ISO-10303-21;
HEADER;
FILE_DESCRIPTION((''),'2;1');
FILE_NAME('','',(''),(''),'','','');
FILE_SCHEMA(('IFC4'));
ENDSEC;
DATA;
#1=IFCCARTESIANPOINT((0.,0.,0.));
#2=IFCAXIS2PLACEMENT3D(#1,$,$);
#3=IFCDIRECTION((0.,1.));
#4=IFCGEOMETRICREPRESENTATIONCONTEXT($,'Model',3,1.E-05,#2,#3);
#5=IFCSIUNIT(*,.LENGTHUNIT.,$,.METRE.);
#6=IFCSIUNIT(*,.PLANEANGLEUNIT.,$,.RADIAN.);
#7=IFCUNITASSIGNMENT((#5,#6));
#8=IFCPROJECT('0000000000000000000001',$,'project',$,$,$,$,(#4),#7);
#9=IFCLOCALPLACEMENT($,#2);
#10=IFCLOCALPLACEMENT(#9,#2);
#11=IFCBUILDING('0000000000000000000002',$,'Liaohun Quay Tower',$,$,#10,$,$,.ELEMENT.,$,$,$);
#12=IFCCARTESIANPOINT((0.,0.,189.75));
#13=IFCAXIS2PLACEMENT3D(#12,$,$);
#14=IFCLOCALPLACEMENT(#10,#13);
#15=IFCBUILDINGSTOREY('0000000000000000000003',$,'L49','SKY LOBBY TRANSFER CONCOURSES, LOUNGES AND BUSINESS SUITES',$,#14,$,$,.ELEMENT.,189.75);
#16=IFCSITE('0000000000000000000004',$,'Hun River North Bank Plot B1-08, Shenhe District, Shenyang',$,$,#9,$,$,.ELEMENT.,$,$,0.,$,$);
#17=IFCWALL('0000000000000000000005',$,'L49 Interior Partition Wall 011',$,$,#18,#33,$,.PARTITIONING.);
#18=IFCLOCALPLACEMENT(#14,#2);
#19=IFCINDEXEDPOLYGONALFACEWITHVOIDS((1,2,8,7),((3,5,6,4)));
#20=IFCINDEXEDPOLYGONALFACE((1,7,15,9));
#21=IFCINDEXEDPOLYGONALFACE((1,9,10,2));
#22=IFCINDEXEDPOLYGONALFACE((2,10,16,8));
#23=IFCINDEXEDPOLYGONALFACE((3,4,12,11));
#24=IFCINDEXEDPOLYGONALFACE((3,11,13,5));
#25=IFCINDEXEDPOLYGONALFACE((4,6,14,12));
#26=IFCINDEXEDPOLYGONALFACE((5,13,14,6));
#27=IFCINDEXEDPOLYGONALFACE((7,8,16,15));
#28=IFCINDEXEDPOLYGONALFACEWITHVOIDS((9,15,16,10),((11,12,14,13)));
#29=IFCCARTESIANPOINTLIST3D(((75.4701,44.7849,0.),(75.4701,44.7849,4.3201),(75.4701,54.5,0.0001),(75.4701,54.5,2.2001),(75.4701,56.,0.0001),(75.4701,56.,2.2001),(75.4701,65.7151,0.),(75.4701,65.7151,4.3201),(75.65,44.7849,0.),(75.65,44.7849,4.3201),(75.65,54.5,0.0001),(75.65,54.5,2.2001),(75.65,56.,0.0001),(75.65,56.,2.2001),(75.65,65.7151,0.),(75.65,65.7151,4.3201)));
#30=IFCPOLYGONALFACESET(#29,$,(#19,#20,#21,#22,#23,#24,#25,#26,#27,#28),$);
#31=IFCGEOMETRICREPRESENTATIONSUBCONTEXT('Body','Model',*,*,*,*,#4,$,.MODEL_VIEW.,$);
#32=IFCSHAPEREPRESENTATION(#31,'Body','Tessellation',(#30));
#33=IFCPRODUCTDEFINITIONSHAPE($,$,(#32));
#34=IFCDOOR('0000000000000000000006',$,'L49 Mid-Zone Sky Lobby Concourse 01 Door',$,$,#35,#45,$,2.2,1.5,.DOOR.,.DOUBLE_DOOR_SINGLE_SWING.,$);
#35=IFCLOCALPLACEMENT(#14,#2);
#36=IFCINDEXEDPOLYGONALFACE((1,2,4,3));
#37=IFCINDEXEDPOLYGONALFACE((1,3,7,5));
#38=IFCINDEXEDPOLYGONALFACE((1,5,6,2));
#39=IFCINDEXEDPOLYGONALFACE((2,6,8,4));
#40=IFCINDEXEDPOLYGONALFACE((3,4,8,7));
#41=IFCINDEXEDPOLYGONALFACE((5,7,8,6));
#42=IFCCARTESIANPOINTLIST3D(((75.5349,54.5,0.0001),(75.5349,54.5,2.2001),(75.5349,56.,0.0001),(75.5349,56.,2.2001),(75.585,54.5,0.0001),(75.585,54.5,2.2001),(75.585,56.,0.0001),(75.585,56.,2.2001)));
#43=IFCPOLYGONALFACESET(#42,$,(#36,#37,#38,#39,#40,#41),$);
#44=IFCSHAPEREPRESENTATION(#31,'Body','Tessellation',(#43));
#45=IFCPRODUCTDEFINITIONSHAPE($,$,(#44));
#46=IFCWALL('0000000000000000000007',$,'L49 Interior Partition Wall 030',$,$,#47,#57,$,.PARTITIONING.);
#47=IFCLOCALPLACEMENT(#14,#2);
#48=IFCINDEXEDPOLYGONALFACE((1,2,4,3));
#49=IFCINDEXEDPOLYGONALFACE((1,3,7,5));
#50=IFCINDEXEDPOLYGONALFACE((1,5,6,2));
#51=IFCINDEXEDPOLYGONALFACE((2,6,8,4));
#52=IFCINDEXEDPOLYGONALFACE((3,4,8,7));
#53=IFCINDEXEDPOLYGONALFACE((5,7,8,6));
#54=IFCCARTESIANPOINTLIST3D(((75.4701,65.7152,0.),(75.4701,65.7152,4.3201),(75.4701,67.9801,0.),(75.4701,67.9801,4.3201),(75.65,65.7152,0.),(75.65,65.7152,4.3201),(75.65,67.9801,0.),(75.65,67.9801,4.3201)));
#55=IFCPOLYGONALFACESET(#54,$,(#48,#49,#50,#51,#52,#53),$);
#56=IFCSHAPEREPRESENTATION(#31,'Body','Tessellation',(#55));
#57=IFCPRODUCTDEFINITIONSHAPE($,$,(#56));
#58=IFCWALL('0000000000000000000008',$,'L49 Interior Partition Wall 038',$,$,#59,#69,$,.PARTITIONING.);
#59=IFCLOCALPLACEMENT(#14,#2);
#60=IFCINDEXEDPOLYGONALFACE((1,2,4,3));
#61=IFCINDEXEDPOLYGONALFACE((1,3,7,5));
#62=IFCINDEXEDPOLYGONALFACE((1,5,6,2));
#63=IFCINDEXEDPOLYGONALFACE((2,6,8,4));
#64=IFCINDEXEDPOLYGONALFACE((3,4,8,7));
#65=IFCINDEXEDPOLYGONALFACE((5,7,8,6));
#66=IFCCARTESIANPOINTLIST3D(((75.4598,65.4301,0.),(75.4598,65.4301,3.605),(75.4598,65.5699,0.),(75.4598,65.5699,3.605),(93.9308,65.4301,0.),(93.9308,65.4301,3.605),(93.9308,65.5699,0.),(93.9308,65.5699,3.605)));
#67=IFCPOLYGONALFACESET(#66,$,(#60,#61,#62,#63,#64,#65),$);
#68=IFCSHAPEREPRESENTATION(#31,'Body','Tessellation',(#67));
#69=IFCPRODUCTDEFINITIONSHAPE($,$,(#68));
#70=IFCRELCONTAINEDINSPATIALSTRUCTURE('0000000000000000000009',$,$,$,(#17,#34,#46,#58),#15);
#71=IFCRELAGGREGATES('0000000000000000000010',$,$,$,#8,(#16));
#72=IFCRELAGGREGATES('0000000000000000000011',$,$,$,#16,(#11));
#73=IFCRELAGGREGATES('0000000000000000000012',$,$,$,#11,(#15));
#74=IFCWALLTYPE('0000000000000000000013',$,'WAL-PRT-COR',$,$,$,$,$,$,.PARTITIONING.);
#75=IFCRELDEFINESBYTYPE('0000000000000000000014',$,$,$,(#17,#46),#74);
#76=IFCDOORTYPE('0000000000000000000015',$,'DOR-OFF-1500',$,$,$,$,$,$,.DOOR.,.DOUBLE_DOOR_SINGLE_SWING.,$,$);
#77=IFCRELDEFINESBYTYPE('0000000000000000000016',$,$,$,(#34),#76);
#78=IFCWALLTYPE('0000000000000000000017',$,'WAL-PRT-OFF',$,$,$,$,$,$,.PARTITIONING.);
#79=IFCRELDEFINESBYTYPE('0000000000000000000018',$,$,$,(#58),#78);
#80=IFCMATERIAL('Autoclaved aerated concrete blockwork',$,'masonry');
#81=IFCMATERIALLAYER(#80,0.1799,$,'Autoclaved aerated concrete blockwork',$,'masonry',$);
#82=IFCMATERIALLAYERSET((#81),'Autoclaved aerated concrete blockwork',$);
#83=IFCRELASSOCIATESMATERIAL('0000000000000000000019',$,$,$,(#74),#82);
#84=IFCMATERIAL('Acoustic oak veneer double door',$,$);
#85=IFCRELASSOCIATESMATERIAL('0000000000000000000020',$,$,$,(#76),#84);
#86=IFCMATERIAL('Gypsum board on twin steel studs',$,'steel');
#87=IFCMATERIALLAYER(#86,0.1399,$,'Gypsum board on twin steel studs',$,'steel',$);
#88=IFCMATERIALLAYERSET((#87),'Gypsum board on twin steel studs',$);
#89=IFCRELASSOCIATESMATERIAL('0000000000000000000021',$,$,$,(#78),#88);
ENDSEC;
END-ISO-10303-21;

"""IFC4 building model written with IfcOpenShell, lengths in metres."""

from ifc_helpers import new_model, si_unit, direction, frame, frame_2d, origin, place, context, subcontext, project, spatial, rectangle, extrude, source, transform, mapped, material, layer, layer_set, type_object, element, fill, save


model = new_model("IFC4")

# Units and contexts
model_context = context("Model", 3, precision=1e-05, world=origin(), true_north=direction((0.0, 1.0)))
body_context = subcontext(model_context, "Body", "Model", "MODEL_VIEW")
ifc_project = project(units=[si_unit("LENGTHUNIT", "METRE"), si_unit("PLANEANGLEUNIT", "RADIAN")], contexts=[model_context])

# Site, building, storey
site_placement = place(None, origin())
site = spatial("IfcSite", under=ifc_project, at=site_placement, Name="Hun River North Bank Plot B1-08, Shenhe District, Shenyang", CompositionType="ELEMENT", RefElevation=0.0)
building_placement = place(site_placement, origin())
building = spatial("IfcBuilding", under=site, at=building_placement, Name="Liaohun Quay Tower", CompositionType="ELEMENT")
storey_placement = place(building_placement, frame((0.0, 0.0, 189.75)))
storey = spatial("IfcBuildingStorey", under=building, at=storey_placement, Name="L49", Description="SKY LOBBY TRANSFER CONCOURSES, LOUNGES AND BUSINESS SUITES", CompositionType="ELEMENT", Elevation=189.75)

# Wall, opening, door
ifc_material_1 = material(Name="Autoclaved aerated concrete blockwork", Category="masonry")
ifc_layer_1 = layer(ifc_material_1, 0.1799, Name="Autoclaved aerated concrete blockwork", Category="masonry")
ifc_layer_set_1 = layer_set([ifc_layer_1], Name="Autoclaved aerated concrete blockwork")
wall_type_1 = type_object("IfcWallType", Name="WAL-PRT-COR", PredefinedType="PARTITIONING", material=ifc_layer_set_1)
wall_1_placement = place(storey_placement, frame((75.5601, 65.7151, 0.0), z_axis=(0.0, 0.0, 1.0), x_axis=(0.0, -1.0, 0.0)))
wall_1 = element("IfcWall", 1, at=wall_1_placement, inside=storey, type_object=wall_type_1, Name="L49 Interior Partition Wall 011", PredefinedType="PARTITIONING", context=body_context, shape_type="SweptSolid", body=[
    extrude(rectangle(XDim=20.9302, YDim=0.1799, at=frame_2d((10.4651, 0.0))), origin(), (0.0, 0.0, 1.0), 4.3201),
])
shared_shape_1 = source(origin(), body_context, "Body", "SweptSolid", [
    extrude(rectangle(XDim=1.5, YDim=2.2, at=frame_2d((0.75, 1.1001))), frame((0.0, 0.0999, 0.0), z_axis=(0.0, -1.0, 0.0), x_axis=(1.0, 0.0, 0.0)), (0.0, 0.0, 1.0), 0.2),
])
opening_1_placement = place(wall_1_placement, frame((9.7151, 0.0, 0.0)))
opening_1 = element("IfcOpeningElement", 2, at=opening_1_placement, cuts=wall_1, PredefinedType="OPENING", context=body_context, shape_type="MappedRepresentation", body=[
    mapped(shared_shape_1, transform((0.0, 0.0, 0.0), x_axis=(1.0, 0.0, 0.0), y_axis=(0.0, 1.0, 0.0), z_axis=(0.0, 0.0, 1.0), scale=1.0)),
])
ifc_material_2 = material(Name="Acoustic oak veneer double door")
door_type_1 = type_object("IfcDoorType", Name="DOR-OFF-1500", OperationType="DOUBLE_DOOR_SINGLE_SWING", PredefinedType="DOOR", material=ifc_material_2)
shared_shape_2 = source(origin(), body_context, "Body", "SweptSolid", [
    extrude(rectangle(XDim=1.5, YDim=2.2, at=frame_2d((0.75, 1.1001))), frame((0.0, 0.0249, 0.0), z_axis=(0.0, -1.0, 0.0), x_axis=(1.0, 0.0, 0.0)), (0.0, 0.0, 1.0), 0.05),
])
door_1_placement = place(opening_1_placement, origin())
door_1 = element("IfcDoor", 3, at=door_1_placement, inside=storey, type_object=door_type_1, Name="L49 Mid-Zone Sky Lobby Concourse 01 Door", OperationType="DOUBLE_DOOR_SINGLE_SWING", OverallHeight=2.2, OverallWidth=1.5, PredefinedType="DOOR", context=body_context, shape_type="MappedRepresentation", body=[
    mapped(shared_shape_2, transform((0.0, 0.0, 0.0), x_axis=(1.0, 0.0, 0.0), y_axis=(0.0, 1.0, 0.0), z_axis=(0.0, 0.0, 1.0), scale=1.0)),
])
fill(opening_1, door_1)

# Walls
wall_2_placement = place(storey_placement, frame((75.5601, 67.98, 0.0), z_axis=(0.0, 0.0, 1.0), x_axis=(0.0, -1.0, 0.0)))
element("IfcWall", 4, at=wall_2_placement, inside=storey, type_object=wall_type_1, Name="L49 Interior Partition Wall 030", PredefinedType="PARTITIONING", context=body_context, shape_type="SweptSolid", body=[
    extrude(rectangle(XDim=2.2649, YDim=0.1799, at=frame_2d((1.1323, 0.0))), origin(), (0.0, 0.0, 1.0), 4.3201),
])
ifc_material_3 = material(Name="Gypsum board on twin steel studs", Category="steel")
ifc_layer_2 = layer(ifc_material_3, 0.1399, Name="Gypsum board on twin steel studs", Category="steel")
ifc_layer_set_2 = layer_set([ifc_layer_2], Name="Gypsum board on twin steel studs")
wall_type_2 = type_object("IfcWallType", Name="WAL-PRT-OFF", PredefinedType="PARTITIONING", material=ifc_layer_set_2)
wall_3_placement = place(storey_placement, frame((75.46, 65.5, 0.0), z_axis=(0.0, 0.0, 1.0), x_axis=(1.0, 0.0, 0.0)))
element("IfcWall", 5, at=wall_3_placement, inside=storey, type_object=wall_type_2, Name="L49 Interior Partition Wall 038", PredefinedType="PARTITIONING", context=body_context, shape_type="SweptSolid", body=[
    extrude(rectangle(XDim=18.4709, YDim=0.1399, at=frame_2d((9.2354, 0.0))), origin(), (0.0, 0.0, 1.0), 3.605),
])

save(model, "model.ifc")
